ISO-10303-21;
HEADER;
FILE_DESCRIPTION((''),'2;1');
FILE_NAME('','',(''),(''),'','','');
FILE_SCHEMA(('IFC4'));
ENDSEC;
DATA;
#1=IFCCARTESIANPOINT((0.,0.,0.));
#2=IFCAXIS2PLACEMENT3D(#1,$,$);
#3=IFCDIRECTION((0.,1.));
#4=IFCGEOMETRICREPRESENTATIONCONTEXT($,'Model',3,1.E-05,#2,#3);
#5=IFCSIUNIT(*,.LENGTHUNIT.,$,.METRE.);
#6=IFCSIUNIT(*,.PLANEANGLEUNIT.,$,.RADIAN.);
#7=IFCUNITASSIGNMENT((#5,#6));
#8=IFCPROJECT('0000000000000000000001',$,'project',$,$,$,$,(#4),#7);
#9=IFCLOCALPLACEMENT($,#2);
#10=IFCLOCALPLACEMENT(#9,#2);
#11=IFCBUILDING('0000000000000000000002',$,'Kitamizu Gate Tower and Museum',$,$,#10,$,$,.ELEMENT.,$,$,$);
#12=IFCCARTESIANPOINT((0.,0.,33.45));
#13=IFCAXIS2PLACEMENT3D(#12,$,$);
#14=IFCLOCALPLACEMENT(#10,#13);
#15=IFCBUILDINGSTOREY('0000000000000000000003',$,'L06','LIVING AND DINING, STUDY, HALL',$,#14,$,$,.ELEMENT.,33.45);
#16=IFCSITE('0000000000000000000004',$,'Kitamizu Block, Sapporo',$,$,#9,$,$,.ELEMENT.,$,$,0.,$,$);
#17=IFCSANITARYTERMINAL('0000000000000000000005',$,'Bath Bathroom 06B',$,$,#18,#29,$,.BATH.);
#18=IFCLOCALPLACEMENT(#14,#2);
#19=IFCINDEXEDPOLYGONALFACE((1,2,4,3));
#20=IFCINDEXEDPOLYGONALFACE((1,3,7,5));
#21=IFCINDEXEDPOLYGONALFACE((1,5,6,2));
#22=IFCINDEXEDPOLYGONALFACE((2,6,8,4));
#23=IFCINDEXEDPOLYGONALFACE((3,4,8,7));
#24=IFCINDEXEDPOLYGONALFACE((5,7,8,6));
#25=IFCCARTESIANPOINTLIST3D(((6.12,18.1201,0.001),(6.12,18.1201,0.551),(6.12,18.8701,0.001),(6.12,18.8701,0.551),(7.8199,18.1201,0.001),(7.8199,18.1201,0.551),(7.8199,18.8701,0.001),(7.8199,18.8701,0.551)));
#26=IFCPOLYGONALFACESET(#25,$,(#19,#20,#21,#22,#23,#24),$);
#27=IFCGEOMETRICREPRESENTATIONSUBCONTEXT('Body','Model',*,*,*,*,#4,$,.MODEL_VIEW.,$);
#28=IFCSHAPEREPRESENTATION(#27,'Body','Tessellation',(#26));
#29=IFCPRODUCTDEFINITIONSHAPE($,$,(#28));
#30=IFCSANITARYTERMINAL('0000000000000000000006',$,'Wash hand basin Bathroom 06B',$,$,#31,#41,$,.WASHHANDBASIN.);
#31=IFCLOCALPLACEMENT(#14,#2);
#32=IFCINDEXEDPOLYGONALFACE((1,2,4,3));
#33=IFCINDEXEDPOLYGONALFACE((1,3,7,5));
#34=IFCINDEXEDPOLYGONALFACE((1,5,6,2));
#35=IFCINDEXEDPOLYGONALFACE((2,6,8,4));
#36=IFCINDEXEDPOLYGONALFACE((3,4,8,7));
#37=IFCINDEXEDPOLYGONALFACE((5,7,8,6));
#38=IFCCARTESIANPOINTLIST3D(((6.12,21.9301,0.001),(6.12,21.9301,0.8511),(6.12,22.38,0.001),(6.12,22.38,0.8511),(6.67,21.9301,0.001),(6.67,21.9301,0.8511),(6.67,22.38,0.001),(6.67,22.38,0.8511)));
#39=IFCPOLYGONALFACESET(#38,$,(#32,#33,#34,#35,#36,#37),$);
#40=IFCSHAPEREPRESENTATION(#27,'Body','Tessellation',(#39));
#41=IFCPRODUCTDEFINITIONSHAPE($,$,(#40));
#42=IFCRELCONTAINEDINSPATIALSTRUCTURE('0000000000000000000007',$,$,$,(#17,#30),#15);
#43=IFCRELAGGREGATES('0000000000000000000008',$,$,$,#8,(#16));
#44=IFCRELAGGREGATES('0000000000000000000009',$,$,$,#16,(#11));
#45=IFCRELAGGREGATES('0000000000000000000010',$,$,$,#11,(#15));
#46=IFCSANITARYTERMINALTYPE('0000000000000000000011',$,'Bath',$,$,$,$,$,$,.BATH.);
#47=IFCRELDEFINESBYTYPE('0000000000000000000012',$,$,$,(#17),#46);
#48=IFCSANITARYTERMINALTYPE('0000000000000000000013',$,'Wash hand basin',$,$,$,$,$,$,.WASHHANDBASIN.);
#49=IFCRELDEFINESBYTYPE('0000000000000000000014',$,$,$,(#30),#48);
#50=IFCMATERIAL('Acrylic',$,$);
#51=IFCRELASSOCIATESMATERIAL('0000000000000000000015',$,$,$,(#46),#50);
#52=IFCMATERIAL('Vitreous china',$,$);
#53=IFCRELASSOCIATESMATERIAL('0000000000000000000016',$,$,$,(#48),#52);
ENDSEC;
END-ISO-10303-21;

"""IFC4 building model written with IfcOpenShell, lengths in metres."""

from ifc_helpers import new_model, si_unit, direction, frame, origin, origin_2d, place, context, subcontext, project, spatial, rectangle, extrude, material, type_object, element, save


model = new_model("IFC4")

# Units and contexts
model_context = context("Model", 3, precision=1e-05, world=origin(), true_north=direction((0.0, 1.0)))
body_context = subcontext(model_context, "Body", "Model", "MODEL_VIEW")
ifc_project = project(units=[si_unit("LENGTHUNIT", "METRE"), si_unit("PLANEANGLEUNIT", "RADIAN")], contexts=[model_context])

# Site, building, storey
site_placement = place(None, origin())
site = spatial("IfcSite", under=ifc_project, at=site_placement, Name="Kitamizu Block, Sapporo", CompositionType="ELEMENT", RefElevation=0.0)
building_placement = place(site_placement, origin())
building = spatial("IfcBuilding", under=site, at=building_placement, Name="Kitamizu Gate Tower and Museum", CompositionType="ELEMENT")
storey_placement = place(building_placement, frame((0.0, 0.0, 33.45)))
storey = spatial("IfcBuildingStorey", under=building, at=storey_placement, Name="L06", Description="LIVING AND DINING, STUDY, HALL", CompositionType="ELEMENT", Elevation=33.45)

# Sanitary terminals
ifc_material_1 = material(Name="Acrylic")
sanitary_terminal_type_1 = type_object("IfcSanitaryTerminalType", Name="Bath", PredefinedType="BATH", material=ifc_material_1)
sanitary_terminal_1_placement = place(storey_placement, frame((6.97, 18.4951, 0.001), z_axis=(0.0, 0.0, 1.0), x_axis=(1.0, 0.0, 0.0)))
element("IfcSanitaryTerminal", 1, at=sanitary_terminal_1_placement, inside=storey, type_object=sanitary_terminal_type_1, Name="Bath Bathroom 06B", PredefinedType="BATH", context=body_context, shape_type="SweptSolid", body=[
    extrude(rectangle(XDim=1.7, YDim=0.75, at=origin_2d()), origin(), (0.0, 0.0, 1.0), 0.55),
])
ifc_material_2 = material(Name="Vitreous china")
sanitary_terminal_type_2 = type_object("IfcSanitaryTerminalType", Name="Wash hand basin", PredefinedType="WASHHANDBASIN", material=ifc_material_2)
sanitary_terminal_2_placement = place(storey_placement, frame((6.395, 22.155, 0.001), z_axis=(0.0, 0.0, 1.0), x_axis=(1.0, 0.0, 0.0)))
element("IfcSanitaryTerminal", 2, at=sanitary_terminal_2_placement, inside=storey, type_object=sanitary_terminal_type_2, Name="Wash hand basin Bathroom 06B", PredefinedType="WASHHANDBASIN", context=body_context, shape_type="SweptSolid", body=[
    extrude(rectangle(XDim=0.55, YDim=0.45, at=origin_2d()), origin(), (0.0, 0.0, 1.0), 0.8501),
])

save(model, "model.ifc")
